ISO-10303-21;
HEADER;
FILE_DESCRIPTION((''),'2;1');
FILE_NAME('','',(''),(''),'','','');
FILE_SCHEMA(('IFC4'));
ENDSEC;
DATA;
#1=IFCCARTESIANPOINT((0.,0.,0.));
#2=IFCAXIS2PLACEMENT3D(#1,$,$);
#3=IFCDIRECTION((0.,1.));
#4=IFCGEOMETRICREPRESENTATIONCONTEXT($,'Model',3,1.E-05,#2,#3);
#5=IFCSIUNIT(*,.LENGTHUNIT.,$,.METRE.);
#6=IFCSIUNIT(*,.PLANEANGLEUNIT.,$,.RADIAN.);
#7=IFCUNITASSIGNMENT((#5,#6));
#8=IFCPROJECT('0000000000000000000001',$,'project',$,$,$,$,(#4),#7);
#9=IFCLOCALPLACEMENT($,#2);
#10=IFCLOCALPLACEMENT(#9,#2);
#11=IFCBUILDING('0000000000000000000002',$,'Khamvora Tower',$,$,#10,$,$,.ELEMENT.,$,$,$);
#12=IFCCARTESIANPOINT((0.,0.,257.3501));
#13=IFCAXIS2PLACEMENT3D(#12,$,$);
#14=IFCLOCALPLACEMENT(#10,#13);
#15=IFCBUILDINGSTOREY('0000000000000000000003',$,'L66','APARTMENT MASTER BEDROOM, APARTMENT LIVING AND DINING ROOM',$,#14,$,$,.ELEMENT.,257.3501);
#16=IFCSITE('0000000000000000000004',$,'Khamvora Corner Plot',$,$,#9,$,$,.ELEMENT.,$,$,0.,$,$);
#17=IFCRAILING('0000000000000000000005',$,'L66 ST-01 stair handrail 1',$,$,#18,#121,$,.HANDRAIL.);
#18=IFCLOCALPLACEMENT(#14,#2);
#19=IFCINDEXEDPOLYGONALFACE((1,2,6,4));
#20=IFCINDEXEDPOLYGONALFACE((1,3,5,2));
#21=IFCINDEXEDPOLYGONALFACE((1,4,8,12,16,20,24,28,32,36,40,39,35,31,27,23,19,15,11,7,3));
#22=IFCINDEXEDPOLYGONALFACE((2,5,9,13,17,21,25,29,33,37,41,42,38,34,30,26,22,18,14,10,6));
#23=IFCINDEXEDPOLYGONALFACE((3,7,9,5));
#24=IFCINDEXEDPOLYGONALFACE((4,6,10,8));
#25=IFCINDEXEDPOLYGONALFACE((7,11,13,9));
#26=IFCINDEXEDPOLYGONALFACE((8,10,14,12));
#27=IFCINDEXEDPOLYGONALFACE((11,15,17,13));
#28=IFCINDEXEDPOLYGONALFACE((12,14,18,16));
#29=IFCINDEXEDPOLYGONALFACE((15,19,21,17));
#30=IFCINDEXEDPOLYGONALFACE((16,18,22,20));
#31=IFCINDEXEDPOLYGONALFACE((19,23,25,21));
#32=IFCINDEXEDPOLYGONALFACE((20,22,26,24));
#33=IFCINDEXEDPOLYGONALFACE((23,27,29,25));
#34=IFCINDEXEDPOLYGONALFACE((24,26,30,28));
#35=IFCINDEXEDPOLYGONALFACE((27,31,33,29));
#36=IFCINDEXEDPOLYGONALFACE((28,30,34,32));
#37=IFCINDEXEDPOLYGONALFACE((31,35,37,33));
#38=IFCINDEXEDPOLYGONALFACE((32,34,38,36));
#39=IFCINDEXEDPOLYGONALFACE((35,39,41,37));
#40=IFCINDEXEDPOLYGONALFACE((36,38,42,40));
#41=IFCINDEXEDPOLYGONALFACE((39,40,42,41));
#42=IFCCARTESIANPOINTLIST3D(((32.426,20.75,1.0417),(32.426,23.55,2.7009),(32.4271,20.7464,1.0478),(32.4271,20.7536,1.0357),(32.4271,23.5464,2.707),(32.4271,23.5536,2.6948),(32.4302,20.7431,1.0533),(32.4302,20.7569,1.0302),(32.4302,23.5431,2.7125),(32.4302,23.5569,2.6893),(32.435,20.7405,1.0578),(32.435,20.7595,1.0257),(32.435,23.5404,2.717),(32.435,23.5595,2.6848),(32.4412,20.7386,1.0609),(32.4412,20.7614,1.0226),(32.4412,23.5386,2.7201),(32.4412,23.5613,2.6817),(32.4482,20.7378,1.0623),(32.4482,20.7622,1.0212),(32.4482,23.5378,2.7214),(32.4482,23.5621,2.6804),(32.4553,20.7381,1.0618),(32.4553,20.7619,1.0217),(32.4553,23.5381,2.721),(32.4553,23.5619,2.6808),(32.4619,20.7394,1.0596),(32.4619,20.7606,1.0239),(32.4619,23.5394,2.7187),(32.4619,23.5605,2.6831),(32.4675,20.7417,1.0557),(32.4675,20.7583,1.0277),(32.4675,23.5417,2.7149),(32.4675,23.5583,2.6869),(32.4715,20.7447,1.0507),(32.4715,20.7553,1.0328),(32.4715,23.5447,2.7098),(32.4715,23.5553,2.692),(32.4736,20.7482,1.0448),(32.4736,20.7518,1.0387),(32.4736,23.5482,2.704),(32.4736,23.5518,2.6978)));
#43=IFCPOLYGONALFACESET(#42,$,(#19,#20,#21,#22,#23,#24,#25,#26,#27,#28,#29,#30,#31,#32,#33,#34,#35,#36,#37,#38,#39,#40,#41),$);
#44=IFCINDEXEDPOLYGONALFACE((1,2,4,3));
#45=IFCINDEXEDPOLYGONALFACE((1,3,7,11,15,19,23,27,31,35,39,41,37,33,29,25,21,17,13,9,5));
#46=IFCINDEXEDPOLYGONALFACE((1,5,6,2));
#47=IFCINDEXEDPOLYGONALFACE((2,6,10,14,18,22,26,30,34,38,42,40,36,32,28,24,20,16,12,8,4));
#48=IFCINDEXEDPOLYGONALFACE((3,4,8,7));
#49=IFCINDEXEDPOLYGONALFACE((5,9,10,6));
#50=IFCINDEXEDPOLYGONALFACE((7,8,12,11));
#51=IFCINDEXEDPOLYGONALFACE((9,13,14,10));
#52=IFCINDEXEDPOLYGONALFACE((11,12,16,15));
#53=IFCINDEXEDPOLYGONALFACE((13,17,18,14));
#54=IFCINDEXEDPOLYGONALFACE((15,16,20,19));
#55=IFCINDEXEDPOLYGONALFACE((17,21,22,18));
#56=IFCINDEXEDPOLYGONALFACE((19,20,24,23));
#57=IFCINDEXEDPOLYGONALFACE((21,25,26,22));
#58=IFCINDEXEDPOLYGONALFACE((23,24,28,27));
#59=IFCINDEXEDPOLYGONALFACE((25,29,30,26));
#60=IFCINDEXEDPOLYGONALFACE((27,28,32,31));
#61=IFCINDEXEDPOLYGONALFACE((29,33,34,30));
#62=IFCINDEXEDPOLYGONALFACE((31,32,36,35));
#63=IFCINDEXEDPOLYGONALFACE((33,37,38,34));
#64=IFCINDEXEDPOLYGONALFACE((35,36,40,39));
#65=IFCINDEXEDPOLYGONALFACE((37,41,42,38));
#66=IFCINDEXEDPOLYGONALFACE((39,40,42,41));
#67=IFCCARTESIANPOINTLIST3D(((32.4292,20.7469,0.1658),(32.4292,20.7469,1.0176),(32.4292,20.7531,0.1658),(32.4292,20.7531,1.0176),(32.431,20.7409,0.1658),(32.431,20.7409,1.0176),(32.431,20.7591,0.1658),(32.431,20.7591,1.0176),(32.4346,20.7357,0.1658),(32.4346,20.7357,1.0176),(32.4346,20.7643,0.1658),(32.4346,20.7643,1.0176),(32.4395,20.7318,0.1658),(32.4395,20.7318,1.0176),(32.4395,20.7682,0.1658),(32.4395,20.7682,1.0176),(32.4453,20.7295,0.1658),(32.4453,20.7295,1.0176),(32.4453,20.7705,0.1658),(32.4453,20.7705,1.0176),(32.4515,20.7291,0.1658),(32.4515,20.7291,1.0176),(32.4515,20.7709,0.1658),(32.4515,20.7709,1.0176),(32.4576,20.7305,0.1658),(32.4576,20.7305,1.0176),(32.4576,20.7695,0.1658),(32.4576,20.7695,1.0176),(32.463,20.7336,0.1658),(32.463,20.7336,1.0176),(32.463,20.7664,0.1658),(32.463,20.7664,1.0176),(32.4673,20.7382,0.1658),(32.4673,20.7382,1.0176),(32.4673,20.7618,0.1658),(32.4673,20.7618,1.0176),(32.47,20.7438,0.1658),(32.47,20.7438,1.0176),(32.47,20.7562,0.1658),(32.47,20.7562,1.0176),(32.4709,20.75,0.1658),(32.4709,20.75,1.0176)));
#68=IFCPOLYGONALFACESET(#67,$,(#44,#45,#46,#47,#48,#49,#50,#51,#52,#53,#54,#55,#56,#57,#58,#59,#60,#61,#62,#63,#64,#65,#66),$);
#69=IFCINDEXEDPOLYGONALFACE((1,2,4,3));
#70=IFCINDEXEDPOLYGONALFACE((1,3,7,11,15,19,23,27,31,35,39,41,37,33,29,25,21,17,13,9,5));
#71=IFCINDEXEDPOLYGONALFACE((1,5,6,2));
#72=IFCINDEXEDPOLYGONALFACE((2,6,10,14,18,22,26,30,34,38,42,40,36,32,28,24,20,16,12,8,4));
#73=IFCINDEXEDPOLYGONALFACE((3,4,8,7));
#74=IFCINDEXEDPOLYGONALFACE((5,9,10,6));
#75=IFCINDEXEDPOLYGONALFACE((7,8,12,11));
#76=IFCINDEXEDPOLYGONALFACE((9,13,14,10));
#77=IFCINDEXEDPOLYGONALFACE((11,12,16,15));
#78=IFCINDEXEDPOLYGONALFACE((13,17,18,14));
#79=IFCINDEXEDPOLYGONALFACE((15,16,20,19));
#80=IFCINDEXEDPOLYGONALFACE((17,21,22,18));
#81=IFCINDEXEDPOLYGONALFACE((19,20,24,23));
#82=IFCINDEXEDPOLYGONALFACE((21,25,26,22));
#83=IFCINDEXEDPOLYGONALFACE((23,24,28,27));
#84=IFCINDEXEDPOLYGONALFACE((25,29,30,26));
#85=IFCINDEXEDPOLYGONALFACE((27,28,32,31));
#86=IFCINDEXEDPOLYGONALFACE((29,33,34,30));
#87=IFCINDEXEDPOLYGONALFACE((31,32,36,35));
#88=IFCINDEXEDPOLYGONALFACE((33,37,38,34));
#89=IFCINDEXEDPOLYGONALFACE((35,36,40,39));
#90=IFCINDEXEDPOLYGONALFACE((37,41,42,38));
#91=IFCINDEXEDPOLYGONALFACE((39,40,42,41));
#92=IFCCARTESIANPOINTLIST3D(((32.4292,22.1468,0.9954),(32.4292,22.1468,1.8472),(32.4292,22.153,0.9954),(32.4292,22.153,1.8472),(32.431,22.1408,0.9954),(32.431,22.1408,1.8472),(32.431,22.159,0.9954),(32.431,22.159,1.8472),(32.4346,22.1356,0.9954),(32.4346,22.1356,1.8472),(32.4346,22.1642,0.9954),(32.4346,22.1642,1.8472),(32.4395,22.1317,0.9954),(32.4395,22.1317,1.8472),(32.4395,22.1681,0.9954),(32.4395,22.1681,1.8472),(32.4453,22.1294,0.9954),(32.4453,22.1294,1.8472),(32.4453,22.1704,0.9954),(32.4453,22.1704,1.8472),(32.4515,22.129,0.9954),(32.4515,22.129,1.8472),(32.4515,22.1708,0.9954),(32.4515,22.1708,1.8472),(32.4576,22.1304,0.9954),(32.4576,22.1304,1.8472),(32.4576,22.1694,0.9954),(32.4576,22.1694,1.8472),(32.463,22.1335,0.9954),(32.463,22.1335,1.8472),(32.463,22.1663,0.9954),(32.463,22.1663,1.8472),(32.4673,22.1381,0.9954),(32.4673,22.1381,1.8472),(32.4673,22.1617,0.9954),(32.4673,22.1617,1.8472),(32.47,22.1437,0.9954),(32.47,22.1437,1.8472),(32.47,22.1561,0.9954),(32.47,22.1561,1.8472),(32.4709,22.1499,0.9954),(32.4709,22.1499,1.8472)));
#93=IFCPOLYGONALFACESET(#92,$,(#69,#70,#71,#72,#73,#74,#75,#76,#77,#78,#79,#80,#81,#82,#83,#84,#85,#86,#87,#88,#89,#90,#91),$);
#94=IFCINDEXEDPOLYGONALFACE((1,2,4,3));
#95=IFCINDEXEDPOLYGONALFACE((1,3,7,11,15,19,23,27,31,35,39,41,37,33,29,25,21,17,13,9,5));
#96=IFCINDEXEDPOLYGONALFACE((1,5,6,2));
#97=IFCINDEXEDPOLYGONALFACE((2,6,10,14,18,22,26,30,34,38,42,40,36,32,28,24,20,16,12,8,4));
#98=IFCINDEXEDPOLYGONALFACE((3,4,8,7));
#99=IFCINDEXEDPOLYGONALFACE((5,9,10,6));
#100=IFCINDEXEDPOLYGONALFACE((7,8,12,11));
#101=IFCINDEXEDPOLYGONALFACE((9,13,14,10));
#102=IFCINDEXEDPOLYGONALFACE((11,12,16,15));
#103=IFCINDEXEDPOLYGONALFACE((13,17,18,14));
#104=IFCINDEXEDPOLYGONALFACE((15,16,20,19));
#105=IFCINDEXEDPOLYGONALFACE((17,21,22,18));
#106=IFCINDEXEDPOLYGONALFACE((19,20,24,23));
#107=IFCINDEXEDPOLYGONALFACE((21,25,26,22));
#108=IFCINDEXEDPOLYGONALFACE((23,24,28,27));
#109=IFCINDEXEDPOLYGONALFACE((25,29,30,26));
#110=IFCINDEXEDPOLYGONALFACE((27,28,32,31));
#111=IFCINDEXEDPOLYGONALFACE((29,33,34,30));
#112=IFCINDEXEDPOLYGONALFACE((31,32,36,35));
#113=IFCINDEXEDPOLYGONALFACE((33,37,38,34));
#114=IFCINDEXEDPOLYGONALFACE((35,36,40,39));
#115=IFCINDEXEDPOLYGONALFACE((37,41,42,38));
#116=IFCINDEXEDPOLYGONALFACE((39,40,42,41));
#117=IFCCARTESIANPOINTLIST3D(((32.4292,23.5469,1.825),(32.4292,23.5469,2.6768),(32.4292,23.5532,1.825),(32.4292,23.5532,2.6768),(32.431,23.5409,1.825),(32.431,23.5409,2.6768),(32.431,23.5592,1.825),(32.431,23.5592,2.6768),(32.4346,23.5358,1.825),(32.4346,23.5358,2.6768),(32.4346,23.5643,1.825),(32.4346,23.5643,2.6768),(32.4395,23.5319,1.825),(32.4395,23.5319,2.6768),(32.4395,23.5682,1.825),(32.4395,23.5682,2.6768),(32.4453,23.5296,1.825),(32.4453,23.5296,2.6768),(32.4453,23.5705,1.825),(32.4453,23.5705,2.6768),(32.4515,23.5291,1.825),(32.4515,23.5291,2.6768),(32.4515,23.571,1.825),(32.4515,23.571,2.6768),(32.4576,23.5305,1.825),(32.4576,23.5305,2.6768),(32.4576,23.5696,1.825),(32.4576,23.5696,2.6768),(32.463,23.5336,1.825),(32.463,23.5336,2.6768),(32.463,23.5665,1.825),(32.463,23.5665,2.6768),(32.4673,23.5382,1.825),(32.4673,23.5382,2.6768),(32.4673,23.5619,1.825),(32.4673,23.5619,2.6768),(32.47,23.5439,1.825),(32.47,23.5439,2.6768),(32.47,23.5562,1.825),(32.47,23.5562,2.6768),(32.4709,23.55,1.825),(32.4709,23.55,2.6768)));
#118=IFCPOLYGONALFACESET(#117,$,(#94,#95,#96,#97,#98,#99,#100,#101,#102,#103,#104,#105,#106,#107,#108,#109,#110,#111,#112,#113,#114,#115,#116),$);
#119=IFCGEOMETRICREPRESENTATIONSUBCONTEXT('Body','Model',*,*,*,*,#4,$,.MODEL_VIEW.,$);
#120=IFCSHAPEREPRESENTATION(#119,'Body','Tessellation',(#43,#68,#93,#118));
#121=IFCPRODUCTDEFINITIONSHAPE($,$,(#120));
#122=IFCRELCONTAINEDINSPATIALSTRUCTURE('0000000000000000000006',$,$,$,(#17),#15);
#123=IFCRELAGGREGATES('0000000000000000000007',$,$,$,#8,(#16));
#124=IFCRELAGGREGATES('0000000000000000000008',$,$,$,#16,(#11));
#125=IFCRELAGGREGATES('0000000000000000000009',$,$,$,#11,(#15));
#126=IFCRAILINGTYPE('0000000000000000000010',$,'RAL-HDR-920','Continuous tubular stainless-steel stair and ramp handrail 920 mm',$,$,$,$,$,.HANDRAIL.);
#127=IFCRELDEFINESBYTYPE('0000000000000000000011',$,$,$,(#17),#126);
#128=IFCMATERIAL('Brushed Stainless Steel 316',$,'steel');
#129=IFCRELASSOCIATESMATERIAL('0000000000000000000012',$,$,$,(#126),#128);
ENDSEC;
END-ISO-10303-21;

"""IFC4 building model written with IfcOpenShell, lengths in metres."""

from ifc_helpers import new_model, si_unit, direction, frame, origin, origin_2d, place, context, subcontext, project, spatial, circle, extrude, material, type_object, element, save


model = new_model("IFC4")

# Units and contexts
model_context = context("Model", 3, precision=1e-05, world=origin(), true_north=direction((0.0, 1.0)))
body_context = subcontext(model_context, "Body", "Model", "MODEL_VIEW")
ifc_project = project(units=[si_unit("LENGTHUNIT", "METRE"), si_unit("PLANEANGLEUNIT", "RADIAN")], contexts=[model_context])

# Site, building, storey
site_placement = place(None, origin())
site = spatial("IfcSite", under=ifc_project, at=site_placement, Name="Khamvora Corner Plot", CompositionType="ELEMENT", RefElevation=0.0)
building_placement = place(site_placement, origin())
building = spatial("IfcBuilding", under=site, at=building_placement, Name="Khamvora Tower", CompositionType="ELEMENT")
storey_placement = place(building_placement, frame((0.0, 0.0, 257.3501)))
storey = spatial("IfcBuildingStorey", under=building, at=storey_placement, Name="L66", Description="APARTMENT MASTER BEDROOM, APARTMENT LIVING AND DINING ROOM", CompositionType="ELEMENT", Elevation=257.3501)

# Railing
ifc_material_1 = material(Name="Brushed Stainless Steel 316", Category="steel")
railing_type_1 = type_object("IfcRailingType", Name="RAL-HDR-920", Description="Continuous tubular stainless-steel stair and ramp handrail 920 mm", PredefinedType="HANDRAIL", material=ifc_material_1)
railing_1_placement = place(storey_placement, frame((32.45, 20.75, 0.1658)))
element("IfcRailing", 1, at=railing_1_placement, inside=storey, type_object=railing_type_1, Name="L66 ST-01 stair handrail 1", PredefinedType="HANDRAIL", context=body_context, shape_type="SweptSolid", body=[
    extrude(circle(Radius=0.0239, at=origin_2d()), frame((0.0, 0.0, 0.876), z_axis=(0.0, 0.860306, 0.509778), x_axis=(-1.0, 0.0, 0.0)), (0.0, 0.0, 1.0), 3.2546),
    extrude(circle(Radius=0.021, at=origin_2d()), origin(), (0.0, 0.0, 1.0), 0.8518),
    extrude(circle(Radius=0.021, at=origin_2d()), frame((0.0, 1.3999, 0.8296)), (0.0, 0.0, 1.0), 0.8518),
    extrude(circle(Radius=0.021, at=origin_2d()), frame((0.0, 2.8, 1.6592)), (0.0, 0.0, 1.0), 0.8518),
])

save(model, "model.ifc")
